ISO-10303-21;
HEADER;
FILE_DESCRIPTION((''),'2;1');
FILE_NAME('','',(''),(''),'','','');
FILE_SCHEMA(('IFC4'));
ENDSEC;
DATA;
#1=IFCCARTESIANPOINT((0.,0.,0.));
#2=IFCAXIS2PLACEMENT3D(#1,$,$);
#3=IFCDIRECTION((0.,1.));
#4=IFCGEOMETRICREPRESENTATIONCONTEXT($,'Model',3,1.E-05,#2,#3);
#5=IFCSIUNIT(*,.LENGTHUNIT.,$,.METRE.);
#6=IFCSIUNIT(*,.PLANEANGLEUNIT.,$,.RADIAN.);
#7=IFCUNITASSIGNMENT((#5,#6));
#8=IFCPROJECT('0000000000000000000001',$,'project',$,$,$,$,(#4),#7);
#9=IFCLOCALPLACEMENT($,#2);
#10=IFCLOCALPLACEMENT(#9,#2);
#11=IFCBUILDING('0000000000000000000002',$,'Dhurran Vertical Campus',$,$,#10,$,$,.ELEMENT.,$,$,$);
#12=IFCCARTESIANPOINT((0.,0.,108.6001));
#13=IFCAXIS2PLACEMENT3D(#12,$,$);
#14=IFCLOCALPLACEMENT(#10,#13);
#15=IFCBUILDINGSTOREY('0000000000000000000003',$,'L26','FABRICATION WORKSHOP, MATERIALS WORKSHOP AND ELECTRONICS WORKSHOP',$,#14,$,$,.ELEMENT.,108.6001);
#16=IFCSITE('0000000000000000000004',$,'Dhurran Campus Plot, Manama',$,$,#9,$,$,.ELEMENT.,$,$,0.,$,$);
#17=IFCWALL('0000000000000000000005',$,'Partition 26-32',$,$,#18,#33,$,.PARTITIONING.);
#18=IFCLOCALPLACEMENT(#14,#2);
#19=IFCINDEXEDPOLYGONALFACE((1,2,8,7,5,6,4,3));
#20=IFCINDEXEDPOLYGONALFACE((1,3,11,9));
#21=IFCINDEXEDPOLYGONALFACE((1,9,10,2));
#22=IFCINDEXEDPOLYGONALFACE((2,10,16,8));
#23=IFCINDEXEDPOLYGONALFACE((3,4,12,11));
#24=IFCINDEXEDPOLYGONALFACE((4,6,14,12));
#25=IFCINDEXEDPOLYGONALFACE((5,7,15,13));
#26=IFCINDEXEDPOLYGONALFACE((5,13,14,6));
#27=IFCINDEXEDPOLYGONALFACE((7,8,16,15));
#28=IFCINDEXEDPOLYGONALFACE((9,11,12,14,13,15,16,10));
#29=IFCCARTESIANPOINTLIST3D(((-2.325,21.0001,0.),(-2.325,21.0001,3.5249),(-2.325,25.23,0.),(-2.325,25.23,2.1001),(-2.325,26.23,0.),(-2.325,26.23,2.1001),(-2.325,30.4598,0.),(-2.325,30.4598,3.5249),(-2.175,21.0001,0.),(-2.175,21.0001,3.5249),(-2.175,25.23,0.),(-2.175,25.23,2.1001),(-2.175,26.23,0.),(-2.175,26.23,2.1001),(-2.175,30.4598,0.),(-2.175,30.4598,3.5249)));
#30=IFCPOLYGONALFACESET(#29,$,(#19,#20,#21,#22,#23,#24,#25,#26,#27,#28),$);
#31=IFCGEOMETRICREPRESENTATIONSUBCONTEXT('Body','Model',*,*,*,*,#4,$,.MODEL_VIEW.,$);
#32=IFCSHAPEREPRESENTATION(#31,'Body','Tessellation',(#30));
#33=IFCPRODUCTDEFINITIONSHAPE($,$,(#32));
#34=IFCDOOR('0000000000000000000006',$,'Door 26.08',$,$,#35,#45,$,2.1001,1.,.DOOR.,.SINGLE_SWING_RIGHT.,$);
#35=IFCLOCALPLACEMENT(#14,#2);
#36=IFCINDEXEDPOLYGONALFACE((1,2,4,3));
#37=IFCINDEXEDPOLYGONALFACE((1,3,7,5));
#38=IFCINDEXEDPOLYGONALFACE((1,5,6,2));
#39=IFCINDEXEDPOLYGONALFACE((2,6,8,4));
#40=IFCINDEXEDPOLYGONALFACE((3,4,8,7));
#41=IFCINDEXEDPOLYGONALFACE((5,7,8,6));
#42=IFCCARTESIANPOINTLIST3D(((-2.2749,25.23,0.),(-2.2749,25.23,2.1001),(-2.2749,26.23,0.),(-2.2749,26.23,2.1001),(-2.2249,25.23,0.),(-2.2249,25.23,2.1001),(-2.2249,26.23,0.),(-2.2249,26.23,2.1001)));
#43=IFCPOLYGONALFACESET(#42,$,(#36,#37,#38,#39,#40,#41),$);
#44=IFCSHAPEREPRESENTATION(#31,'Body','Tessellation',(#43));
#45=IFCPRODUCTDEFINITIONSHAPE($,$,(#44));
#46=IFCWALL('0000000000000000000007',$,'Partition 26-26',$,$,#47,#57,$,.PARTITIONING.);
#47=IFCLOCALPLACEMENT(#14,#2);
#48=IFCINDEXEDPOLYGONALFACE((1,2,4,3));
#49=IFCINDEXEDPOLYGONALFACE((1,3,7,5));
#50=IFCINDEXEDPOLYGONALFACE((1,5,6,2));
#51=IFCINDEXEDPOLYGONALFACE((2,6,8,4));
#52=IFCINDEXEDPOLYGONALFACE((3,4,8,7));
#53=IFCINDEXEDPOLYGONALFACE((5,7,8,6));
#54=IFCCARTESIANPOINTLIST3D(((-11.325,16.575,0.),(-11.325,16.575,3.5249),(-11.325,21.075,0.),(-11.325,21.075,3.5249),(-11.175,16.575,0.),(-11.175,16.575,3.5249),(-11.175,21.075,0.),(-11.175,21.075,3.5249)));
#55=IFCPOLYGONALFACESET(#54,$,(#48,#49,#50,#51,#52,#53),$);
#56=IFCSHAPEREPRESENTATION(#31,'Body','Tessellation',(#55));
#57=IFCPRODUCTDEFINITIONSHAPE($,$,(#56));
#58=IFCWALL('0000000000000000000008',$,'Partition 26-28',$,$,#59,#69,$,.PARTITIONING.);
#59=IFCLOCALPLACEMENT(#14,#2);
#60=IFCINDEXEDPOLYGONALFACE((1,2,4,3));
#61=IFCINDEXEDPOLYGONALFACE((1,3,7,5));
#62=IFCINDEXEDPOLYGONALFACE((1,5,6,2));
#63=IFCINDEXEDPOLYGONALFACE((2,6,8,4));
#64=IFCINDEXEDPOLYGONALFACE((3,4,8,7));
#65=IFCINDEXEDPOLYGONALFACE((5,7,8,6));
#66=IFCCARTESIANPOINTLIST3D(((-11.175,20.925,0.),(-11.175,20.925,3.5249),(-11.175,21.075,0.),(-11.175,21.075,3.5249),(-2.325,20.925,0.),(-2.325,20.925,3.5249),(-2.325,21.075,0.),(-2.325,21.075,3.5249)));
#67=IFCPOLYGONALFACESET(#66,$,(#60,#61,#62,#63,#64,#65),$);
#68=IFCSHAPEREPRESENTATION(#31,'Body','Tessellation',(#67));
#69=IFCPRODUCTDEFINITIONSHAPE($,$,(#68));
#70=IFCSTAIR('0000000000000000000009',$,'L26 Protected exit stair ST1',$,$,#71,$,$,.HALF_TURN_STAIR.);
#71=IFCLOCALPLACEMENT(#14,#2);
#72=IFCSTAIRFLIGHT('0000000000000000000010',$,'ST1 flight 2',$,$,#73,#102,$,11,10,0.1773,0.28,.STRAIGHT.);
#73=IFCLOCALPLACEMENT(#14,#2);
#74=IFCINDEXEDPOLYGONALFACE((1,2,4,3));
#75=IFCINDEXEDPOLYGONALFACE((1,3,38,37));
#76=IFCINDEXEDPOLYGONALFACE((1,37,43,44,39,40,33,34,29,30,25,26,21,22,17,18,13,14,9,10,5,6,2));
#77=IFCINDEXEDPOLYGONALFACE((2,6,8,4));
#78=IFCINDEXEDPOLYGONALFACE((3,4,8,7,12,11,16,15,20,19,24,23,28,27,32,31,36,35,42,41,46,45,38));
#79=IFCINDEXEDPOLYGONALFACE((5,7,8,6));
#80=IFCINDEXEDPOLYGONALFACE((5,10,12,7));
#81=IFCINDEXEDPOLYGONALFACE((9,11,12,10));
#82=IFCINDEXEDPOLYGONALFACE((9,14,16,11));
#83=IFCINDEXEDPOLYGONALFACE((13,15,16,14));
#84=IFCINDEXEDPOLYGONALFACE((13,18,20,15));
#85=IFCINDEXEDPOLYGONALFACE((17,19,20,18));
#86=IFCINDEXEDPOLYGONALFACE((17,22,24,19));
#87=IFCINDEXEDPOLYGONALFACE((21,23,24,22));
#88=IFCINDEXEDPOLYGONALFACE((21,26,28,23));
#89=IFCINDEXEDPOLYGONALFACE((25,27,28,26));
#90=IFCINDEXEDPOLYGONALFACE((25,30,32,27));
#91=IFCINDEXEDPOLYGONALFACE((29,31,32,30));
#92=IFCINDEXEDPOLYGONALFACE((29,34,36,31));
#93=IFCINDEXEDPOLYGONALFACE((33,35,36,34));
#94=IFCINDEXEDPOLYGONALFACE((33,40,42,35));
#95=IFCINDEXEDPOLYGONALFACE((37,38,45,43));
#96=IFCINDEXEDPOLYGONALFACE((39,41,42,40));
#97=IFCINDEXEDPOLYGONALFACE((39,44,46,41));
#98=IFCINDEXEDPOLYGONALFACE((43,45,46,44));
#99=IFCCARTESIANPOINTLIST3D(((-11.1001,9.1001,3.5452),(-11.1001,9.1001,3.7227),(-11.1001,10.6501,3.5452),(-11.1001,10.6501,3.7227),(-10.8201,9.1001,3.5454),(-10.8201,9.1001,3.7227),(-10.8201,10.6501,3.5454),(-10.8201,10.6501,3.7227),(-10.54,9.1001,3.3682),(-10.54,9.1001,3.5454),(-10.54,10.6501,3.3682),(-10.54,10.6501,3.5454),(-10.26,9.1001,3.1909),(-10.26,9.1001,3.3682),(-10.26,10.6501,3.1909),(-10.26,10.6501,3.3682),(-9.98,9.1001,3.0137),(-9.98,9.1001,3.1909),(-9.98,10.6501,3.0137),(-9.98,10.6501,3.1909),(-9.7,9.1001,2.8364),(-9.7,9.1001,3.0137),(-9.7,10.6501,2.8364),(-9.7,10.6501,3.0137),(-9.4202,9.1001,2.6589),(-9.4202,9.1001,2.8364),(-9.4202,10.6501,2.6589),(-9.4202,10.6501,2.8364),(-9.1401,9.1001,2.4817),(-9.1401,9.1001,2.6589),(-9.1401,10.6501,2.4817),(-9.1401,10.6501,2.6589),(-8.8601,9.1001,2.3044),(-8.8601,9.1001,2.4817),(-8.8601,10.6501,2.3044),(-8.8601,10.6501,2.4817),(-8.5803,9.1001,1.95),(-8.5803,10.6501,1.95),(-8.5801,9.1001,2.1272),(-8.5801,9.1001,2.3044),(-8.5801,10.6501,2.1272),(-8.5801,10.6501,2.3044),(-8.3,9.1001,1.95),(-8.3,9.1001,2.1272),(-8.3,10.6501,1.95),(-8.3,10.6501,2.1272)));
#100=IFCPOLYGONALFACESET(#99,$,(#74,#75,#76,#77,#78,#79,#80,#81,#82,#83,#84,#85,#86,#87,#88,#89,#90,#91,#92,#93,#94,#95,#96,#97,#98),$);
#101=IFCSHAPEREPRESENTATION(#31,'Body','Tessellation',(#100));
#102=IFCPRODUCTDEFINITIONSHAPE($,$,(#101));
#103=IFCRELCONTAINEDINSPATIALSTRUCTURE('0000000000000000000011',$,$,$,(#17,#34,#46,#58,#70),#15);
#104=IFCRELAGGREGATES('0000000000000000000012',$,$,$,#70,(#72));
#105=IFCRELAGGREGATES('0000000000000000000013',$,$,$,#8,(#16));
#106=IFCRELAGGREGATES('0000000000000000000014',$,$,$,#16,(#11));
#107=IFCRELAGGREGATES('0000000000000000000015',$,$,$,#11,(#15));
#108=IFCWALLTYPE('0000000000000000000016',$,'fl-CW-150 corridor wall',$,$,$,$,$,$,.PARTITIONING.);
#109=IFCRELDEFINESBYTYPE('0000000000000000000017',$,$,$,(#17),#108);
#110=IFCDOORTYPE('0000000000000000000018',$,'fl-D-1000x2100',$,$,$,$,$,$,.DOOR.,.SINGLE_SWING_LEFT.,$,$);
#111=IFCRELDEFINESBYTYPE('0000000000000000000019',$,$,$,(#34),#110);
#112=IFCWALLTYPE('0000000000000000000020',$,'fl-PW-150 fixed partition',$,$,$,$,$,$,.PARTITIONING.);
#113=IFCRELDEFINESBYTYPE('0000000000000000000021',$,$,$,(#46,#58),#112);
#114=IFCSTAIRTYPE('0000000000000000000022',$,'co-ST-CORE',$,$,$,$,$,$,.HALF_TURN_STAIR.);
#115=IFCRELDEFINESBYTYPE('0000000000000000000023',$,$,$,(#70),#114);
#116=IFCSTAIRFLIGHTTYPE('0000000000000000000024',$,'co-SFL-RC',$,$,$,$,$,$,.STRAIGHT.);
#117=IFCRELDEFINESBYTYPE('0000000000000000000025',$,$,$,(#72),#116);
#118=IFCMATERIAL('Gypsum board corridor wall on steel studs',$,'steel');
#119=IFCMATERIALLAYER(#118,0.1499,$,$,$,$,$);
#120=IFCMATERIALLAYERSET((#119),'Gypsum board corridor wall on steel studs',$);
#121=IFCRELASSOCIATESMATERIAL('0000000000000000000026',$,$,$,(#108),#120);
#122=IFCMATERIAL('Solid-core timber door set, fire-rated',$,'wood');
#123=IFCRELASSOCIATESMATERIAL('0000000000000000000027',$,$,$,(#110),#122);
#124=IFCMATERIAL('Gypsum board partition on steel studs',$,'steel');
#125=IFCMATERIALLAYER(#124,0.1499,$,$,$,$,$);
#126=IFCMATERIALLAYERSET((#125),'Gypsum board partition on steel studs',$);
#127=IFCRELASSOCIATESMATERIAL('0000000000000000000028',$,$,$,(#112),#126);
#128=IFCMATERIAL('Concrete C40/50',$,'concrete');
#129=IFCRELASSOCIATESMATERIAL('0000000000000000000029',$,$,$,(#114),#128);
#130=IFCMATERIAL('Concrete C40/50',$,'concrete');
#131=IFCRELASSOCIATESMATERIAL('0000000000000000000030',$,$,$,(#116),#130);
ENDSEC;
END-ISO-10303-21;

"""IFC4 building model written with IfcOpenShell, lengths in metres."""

from ifc_helpers import new_model, si_unit, direction, frame, frame_2d, origin, place, context, subcontext, project, spatial, polyline, rectangle, outline, extrude, material, layer, layer_set, type_object, element, fill, aggregate, save


model = new_model("IFC4")

# Units and contexts
model_context = context("Model", 3, precision=1e-05, world=origin(), true_north=direction((0.0, 1.0)))
body_context = subcontext(model_context, "Body", "Model", "MODEL_VIEW")
ifc_project = project(units=[si_unit("LENGTHUNIT", "METRE"), si_unit("PLANEANGLEUNIT", "RADIAN")], contexts=[model_context])

# Site, building, storey
site_placement = place(None, origin())
site = spatial("IfcSite", under=ifc_project, at=site_placement, Name="Dhurran Campus Plot, Manama", CompositionType="ELEMENT", RefElevation=0.0)
building_placement = place(site_placement, origin())
building = spatial("IfcBuilding", under=site, at=building_placement, Name="Dhurran Vertical Campus", CompositionType="ELEMENT")
storey_placement = place(building_placement, frame((0.0, 0.0, 108.6001)))
storey = spatial("IfcBuildingStorey", under=building, at=storey_placement, Name="L26", Description="FABRICATION WORKSHOP, MATERIALS WORKSHOP AND ELECTRONICS WORKSHOP", CompositionType="ELEMENT", Elevation=108.6001)

# Shared definitions
ifc_material_1 = material(Name="Gypsum board corridor wall on steel studs", Category="steel")
ifc_layer_1 = layer(ifc_material_1, 0.1499)
ifc_layer_set_1 = layer_set([ifc_layer_1], Name="Gypsum board corridor wall on steel studs")
wall_type_1 = type_object("IfcWallType", Name="fl-CW-150 corridor wall", PredefinedType="PARTITIONING", material=ifc_layer_set_1)

# Shared definitions
ifc_material_2 = material(Name="Solid-core timber door set, fire-rated", Category="wood")
door_type_1 = type_object("IfcDoorType", Name="fl-D-1000x2100", OperationType="SINGLE_SWING_LEFT", PredefinedType="DOOR", material=ifc_material_2)

# Wall, opening, door
wall_1_placement = place(storey_placement, frame((-2.25, 21.0, 0.0), z_axis=(0.0, 0.0, 1.0), x_axis=(0.0, 1.0, 0.0)))
wall_1 = element("IfcWall", 1, at=wall_1_placement, inside=storey, type_object=wall_type_1, Name="Partition 26-32", PredefinedType="PARTITIONING", context=body_context, shape_type="SweptSolid", body=[
    extrude(rectangle(XDim=9.4597, YDim=0.1499, at=frame_2d((4.73, 0.0))), origin(), (0.0, 0.0, 1.0), 3.5249),
])
opening_1_placement = place(wall_1_placement, frame((4.23, 0.0, 0.0)))
opening_1 = element("IfcOpeningElement", 2, at=opening_1_placement, cuts=wall_1, PredefinedType="OPENING", context=body_context, shape_type="SweptSolid", body=[
    extrude(rectangle(XDim=1.0, YDim=2.1001, at=frame_2d((0.5, 1.05))), frame((0.0, 0.085, 0.0), z_axis=(0.0, -1.0, 0.0), x_axis=(1.0, 0.0, 0.0)), (0.0, 0.0, 1.0), 0.1699),
])
door_1_placement = place(opening_1_placement, origin())
door_1 = element("IfcDoor", 3, at=door_1_placement, inside=storey, type_object=door_type_1, Name="Door 26.08", OperationType="SINGLE_SWING_RIGHT", OverallHeight=2.1001, OverallWidth=1.0, PredefinedType="DOOR", context=body_context, shape_type="SweptSolid", body=[
    extrude(rectangle(XDim=1.0, YDim=2.1001, at=frame_2d((0.5, 1.05))), frame((0.0, 0.0249, 0.0), z_axis=(0.0, -1.0, 0.0), x_axis=(1.0, 0.0, 0.0)), (0.0, 0.0, 1.0), 0.05),
])
fill(opening_1, door_1)

# Walls
ifc_material_3 = material(Name="Gypsum board partition on steel studs", Category="steel")
ifc_layer_2 = layer(ifc_material_3, 0.1499)
ifc_layer_set_2 = layer_set([ifc_layer_2], Name="Gypsum board partition on steel studs")
wall_type_2 = type_object("IfcWallType", Name="fl-PW-150 fixed partition", PredefinedType="PARTITIONING", material=ifc_layer_set_2)
wall_2_placement = place(storey_placement, frame((-11.25, 21.075, 0.0), z_axis=(0.0, 0.0, 1.0), x_axis=(0.0, -1.0, 0.0)))
element("IfcWall", 4, at=wall_2_placement, inside=storey, type_object=wall_type_2, Name="Partition 26-26", PredefinedType="PARTITIONING", context=body_context, shape_type="SweptSolid", body=[
    extrude(rectangle(XDim=4.5, YDim=0.1499, at=frame_2d((2.25, 0.0))), origin(), (0.0, 0.0, 1.0), 3.5249),
])
wall_3_placement = place(storey_placement, frame((-2.325, 21.0, 0.0), z_axis=(0.0, 0.0, 1.0), x_axis=(-1.0, 0.0, 0.0)))
element("IfcWall", 5, at=wall_3_placement, inside=storey, type_object=wall_type_2, Name="Partition 26-28", PredefinedType="PARTITIONING", context=body_context, shape_type="SweptSolid", body=[
    extrude(rectangle(XDim=8.8501, YDim=0.1499, at=frame_2d((4.425, 0.0))), origin(), (0.0, 0.0, 1.0), 3.5249),
])

# Stair, stair flight
ifc_material_4 = material(Name="Concrete C40/50", Category="concrete")
stair_type = type_object("IfcStairType", Name="co-ST-CORE", PredefinedType="HALF_TURN_STAIR", material=ifc_material_4)
stair_placement = place(storey_placement, origin())
stair = element("IfcStair", 6, at=stair_placement, inside=storey, type_object=stair_type, Name="L26 Protected exit stair ST1", PredefinedType="HALF_TURN_STAIR")
ifc_material_5 = material(Name="Concrete C40/50", Category="concrete")
stair_flight_type = type_object("IfcStairFlightType", Name="co-SFL-RC", PredefinedType="STRAIGHT", material=ifc_material_5)
stair_flight_placement = place(storey_placement, frame((-8.3, 9.875, 1.95), z_axis=(0.0, 0.0, 1.0), x_axis=(-1.0, 0.0, 0.0)))
stair_flight = element("IfcStairFlight", 7, at=stair_flight_placement, type_object=stair_flight_type, Name="ST1 flight 2", NumberOfRisers=11, NumberOfTreads=10, PredefinedType="STRAIGHT", RiserHeight=0.1773, TreadLength=0.28, context=body_context, shape_type="SweptSolid", body=[
    extrude(outline(polyline([(0.0, 0.0), (0.0, 0.1772), (0.28, 0.1772), (0.28, 0.3545), (0.5601, 0.3545), (0.5601, 0.5317), (0.8401, 0.5317), (0.8401, 0.709), (1.1201, 0.709), (1.1201, 0.8865), (1.3999, 0.8865), (1.3999, 1.0637), (1.6799, 1.0637), (1.6799, 1.241), (1.96, 1.241), (1.96, 1.4182), (2.24, 1.4182), (2.24, 1.5955), (2.52, 1.5955), (2.52, 1.7727), (2.8, 1.7727), (2.8, 1.95), (2.8, 1.5952), (0.2803, 0.0), (0.0, 0.0)])), frame((0.0, 0.7749, 0.0), z_axis=(0.0, -1.0, 0.0), x_axis=(1.0, 0.0, 0.0)), (0.0, 0.0, 1.0), 1.55),
])
aggregate(stair, [stair_flight])

save(model, "model.ifc")
